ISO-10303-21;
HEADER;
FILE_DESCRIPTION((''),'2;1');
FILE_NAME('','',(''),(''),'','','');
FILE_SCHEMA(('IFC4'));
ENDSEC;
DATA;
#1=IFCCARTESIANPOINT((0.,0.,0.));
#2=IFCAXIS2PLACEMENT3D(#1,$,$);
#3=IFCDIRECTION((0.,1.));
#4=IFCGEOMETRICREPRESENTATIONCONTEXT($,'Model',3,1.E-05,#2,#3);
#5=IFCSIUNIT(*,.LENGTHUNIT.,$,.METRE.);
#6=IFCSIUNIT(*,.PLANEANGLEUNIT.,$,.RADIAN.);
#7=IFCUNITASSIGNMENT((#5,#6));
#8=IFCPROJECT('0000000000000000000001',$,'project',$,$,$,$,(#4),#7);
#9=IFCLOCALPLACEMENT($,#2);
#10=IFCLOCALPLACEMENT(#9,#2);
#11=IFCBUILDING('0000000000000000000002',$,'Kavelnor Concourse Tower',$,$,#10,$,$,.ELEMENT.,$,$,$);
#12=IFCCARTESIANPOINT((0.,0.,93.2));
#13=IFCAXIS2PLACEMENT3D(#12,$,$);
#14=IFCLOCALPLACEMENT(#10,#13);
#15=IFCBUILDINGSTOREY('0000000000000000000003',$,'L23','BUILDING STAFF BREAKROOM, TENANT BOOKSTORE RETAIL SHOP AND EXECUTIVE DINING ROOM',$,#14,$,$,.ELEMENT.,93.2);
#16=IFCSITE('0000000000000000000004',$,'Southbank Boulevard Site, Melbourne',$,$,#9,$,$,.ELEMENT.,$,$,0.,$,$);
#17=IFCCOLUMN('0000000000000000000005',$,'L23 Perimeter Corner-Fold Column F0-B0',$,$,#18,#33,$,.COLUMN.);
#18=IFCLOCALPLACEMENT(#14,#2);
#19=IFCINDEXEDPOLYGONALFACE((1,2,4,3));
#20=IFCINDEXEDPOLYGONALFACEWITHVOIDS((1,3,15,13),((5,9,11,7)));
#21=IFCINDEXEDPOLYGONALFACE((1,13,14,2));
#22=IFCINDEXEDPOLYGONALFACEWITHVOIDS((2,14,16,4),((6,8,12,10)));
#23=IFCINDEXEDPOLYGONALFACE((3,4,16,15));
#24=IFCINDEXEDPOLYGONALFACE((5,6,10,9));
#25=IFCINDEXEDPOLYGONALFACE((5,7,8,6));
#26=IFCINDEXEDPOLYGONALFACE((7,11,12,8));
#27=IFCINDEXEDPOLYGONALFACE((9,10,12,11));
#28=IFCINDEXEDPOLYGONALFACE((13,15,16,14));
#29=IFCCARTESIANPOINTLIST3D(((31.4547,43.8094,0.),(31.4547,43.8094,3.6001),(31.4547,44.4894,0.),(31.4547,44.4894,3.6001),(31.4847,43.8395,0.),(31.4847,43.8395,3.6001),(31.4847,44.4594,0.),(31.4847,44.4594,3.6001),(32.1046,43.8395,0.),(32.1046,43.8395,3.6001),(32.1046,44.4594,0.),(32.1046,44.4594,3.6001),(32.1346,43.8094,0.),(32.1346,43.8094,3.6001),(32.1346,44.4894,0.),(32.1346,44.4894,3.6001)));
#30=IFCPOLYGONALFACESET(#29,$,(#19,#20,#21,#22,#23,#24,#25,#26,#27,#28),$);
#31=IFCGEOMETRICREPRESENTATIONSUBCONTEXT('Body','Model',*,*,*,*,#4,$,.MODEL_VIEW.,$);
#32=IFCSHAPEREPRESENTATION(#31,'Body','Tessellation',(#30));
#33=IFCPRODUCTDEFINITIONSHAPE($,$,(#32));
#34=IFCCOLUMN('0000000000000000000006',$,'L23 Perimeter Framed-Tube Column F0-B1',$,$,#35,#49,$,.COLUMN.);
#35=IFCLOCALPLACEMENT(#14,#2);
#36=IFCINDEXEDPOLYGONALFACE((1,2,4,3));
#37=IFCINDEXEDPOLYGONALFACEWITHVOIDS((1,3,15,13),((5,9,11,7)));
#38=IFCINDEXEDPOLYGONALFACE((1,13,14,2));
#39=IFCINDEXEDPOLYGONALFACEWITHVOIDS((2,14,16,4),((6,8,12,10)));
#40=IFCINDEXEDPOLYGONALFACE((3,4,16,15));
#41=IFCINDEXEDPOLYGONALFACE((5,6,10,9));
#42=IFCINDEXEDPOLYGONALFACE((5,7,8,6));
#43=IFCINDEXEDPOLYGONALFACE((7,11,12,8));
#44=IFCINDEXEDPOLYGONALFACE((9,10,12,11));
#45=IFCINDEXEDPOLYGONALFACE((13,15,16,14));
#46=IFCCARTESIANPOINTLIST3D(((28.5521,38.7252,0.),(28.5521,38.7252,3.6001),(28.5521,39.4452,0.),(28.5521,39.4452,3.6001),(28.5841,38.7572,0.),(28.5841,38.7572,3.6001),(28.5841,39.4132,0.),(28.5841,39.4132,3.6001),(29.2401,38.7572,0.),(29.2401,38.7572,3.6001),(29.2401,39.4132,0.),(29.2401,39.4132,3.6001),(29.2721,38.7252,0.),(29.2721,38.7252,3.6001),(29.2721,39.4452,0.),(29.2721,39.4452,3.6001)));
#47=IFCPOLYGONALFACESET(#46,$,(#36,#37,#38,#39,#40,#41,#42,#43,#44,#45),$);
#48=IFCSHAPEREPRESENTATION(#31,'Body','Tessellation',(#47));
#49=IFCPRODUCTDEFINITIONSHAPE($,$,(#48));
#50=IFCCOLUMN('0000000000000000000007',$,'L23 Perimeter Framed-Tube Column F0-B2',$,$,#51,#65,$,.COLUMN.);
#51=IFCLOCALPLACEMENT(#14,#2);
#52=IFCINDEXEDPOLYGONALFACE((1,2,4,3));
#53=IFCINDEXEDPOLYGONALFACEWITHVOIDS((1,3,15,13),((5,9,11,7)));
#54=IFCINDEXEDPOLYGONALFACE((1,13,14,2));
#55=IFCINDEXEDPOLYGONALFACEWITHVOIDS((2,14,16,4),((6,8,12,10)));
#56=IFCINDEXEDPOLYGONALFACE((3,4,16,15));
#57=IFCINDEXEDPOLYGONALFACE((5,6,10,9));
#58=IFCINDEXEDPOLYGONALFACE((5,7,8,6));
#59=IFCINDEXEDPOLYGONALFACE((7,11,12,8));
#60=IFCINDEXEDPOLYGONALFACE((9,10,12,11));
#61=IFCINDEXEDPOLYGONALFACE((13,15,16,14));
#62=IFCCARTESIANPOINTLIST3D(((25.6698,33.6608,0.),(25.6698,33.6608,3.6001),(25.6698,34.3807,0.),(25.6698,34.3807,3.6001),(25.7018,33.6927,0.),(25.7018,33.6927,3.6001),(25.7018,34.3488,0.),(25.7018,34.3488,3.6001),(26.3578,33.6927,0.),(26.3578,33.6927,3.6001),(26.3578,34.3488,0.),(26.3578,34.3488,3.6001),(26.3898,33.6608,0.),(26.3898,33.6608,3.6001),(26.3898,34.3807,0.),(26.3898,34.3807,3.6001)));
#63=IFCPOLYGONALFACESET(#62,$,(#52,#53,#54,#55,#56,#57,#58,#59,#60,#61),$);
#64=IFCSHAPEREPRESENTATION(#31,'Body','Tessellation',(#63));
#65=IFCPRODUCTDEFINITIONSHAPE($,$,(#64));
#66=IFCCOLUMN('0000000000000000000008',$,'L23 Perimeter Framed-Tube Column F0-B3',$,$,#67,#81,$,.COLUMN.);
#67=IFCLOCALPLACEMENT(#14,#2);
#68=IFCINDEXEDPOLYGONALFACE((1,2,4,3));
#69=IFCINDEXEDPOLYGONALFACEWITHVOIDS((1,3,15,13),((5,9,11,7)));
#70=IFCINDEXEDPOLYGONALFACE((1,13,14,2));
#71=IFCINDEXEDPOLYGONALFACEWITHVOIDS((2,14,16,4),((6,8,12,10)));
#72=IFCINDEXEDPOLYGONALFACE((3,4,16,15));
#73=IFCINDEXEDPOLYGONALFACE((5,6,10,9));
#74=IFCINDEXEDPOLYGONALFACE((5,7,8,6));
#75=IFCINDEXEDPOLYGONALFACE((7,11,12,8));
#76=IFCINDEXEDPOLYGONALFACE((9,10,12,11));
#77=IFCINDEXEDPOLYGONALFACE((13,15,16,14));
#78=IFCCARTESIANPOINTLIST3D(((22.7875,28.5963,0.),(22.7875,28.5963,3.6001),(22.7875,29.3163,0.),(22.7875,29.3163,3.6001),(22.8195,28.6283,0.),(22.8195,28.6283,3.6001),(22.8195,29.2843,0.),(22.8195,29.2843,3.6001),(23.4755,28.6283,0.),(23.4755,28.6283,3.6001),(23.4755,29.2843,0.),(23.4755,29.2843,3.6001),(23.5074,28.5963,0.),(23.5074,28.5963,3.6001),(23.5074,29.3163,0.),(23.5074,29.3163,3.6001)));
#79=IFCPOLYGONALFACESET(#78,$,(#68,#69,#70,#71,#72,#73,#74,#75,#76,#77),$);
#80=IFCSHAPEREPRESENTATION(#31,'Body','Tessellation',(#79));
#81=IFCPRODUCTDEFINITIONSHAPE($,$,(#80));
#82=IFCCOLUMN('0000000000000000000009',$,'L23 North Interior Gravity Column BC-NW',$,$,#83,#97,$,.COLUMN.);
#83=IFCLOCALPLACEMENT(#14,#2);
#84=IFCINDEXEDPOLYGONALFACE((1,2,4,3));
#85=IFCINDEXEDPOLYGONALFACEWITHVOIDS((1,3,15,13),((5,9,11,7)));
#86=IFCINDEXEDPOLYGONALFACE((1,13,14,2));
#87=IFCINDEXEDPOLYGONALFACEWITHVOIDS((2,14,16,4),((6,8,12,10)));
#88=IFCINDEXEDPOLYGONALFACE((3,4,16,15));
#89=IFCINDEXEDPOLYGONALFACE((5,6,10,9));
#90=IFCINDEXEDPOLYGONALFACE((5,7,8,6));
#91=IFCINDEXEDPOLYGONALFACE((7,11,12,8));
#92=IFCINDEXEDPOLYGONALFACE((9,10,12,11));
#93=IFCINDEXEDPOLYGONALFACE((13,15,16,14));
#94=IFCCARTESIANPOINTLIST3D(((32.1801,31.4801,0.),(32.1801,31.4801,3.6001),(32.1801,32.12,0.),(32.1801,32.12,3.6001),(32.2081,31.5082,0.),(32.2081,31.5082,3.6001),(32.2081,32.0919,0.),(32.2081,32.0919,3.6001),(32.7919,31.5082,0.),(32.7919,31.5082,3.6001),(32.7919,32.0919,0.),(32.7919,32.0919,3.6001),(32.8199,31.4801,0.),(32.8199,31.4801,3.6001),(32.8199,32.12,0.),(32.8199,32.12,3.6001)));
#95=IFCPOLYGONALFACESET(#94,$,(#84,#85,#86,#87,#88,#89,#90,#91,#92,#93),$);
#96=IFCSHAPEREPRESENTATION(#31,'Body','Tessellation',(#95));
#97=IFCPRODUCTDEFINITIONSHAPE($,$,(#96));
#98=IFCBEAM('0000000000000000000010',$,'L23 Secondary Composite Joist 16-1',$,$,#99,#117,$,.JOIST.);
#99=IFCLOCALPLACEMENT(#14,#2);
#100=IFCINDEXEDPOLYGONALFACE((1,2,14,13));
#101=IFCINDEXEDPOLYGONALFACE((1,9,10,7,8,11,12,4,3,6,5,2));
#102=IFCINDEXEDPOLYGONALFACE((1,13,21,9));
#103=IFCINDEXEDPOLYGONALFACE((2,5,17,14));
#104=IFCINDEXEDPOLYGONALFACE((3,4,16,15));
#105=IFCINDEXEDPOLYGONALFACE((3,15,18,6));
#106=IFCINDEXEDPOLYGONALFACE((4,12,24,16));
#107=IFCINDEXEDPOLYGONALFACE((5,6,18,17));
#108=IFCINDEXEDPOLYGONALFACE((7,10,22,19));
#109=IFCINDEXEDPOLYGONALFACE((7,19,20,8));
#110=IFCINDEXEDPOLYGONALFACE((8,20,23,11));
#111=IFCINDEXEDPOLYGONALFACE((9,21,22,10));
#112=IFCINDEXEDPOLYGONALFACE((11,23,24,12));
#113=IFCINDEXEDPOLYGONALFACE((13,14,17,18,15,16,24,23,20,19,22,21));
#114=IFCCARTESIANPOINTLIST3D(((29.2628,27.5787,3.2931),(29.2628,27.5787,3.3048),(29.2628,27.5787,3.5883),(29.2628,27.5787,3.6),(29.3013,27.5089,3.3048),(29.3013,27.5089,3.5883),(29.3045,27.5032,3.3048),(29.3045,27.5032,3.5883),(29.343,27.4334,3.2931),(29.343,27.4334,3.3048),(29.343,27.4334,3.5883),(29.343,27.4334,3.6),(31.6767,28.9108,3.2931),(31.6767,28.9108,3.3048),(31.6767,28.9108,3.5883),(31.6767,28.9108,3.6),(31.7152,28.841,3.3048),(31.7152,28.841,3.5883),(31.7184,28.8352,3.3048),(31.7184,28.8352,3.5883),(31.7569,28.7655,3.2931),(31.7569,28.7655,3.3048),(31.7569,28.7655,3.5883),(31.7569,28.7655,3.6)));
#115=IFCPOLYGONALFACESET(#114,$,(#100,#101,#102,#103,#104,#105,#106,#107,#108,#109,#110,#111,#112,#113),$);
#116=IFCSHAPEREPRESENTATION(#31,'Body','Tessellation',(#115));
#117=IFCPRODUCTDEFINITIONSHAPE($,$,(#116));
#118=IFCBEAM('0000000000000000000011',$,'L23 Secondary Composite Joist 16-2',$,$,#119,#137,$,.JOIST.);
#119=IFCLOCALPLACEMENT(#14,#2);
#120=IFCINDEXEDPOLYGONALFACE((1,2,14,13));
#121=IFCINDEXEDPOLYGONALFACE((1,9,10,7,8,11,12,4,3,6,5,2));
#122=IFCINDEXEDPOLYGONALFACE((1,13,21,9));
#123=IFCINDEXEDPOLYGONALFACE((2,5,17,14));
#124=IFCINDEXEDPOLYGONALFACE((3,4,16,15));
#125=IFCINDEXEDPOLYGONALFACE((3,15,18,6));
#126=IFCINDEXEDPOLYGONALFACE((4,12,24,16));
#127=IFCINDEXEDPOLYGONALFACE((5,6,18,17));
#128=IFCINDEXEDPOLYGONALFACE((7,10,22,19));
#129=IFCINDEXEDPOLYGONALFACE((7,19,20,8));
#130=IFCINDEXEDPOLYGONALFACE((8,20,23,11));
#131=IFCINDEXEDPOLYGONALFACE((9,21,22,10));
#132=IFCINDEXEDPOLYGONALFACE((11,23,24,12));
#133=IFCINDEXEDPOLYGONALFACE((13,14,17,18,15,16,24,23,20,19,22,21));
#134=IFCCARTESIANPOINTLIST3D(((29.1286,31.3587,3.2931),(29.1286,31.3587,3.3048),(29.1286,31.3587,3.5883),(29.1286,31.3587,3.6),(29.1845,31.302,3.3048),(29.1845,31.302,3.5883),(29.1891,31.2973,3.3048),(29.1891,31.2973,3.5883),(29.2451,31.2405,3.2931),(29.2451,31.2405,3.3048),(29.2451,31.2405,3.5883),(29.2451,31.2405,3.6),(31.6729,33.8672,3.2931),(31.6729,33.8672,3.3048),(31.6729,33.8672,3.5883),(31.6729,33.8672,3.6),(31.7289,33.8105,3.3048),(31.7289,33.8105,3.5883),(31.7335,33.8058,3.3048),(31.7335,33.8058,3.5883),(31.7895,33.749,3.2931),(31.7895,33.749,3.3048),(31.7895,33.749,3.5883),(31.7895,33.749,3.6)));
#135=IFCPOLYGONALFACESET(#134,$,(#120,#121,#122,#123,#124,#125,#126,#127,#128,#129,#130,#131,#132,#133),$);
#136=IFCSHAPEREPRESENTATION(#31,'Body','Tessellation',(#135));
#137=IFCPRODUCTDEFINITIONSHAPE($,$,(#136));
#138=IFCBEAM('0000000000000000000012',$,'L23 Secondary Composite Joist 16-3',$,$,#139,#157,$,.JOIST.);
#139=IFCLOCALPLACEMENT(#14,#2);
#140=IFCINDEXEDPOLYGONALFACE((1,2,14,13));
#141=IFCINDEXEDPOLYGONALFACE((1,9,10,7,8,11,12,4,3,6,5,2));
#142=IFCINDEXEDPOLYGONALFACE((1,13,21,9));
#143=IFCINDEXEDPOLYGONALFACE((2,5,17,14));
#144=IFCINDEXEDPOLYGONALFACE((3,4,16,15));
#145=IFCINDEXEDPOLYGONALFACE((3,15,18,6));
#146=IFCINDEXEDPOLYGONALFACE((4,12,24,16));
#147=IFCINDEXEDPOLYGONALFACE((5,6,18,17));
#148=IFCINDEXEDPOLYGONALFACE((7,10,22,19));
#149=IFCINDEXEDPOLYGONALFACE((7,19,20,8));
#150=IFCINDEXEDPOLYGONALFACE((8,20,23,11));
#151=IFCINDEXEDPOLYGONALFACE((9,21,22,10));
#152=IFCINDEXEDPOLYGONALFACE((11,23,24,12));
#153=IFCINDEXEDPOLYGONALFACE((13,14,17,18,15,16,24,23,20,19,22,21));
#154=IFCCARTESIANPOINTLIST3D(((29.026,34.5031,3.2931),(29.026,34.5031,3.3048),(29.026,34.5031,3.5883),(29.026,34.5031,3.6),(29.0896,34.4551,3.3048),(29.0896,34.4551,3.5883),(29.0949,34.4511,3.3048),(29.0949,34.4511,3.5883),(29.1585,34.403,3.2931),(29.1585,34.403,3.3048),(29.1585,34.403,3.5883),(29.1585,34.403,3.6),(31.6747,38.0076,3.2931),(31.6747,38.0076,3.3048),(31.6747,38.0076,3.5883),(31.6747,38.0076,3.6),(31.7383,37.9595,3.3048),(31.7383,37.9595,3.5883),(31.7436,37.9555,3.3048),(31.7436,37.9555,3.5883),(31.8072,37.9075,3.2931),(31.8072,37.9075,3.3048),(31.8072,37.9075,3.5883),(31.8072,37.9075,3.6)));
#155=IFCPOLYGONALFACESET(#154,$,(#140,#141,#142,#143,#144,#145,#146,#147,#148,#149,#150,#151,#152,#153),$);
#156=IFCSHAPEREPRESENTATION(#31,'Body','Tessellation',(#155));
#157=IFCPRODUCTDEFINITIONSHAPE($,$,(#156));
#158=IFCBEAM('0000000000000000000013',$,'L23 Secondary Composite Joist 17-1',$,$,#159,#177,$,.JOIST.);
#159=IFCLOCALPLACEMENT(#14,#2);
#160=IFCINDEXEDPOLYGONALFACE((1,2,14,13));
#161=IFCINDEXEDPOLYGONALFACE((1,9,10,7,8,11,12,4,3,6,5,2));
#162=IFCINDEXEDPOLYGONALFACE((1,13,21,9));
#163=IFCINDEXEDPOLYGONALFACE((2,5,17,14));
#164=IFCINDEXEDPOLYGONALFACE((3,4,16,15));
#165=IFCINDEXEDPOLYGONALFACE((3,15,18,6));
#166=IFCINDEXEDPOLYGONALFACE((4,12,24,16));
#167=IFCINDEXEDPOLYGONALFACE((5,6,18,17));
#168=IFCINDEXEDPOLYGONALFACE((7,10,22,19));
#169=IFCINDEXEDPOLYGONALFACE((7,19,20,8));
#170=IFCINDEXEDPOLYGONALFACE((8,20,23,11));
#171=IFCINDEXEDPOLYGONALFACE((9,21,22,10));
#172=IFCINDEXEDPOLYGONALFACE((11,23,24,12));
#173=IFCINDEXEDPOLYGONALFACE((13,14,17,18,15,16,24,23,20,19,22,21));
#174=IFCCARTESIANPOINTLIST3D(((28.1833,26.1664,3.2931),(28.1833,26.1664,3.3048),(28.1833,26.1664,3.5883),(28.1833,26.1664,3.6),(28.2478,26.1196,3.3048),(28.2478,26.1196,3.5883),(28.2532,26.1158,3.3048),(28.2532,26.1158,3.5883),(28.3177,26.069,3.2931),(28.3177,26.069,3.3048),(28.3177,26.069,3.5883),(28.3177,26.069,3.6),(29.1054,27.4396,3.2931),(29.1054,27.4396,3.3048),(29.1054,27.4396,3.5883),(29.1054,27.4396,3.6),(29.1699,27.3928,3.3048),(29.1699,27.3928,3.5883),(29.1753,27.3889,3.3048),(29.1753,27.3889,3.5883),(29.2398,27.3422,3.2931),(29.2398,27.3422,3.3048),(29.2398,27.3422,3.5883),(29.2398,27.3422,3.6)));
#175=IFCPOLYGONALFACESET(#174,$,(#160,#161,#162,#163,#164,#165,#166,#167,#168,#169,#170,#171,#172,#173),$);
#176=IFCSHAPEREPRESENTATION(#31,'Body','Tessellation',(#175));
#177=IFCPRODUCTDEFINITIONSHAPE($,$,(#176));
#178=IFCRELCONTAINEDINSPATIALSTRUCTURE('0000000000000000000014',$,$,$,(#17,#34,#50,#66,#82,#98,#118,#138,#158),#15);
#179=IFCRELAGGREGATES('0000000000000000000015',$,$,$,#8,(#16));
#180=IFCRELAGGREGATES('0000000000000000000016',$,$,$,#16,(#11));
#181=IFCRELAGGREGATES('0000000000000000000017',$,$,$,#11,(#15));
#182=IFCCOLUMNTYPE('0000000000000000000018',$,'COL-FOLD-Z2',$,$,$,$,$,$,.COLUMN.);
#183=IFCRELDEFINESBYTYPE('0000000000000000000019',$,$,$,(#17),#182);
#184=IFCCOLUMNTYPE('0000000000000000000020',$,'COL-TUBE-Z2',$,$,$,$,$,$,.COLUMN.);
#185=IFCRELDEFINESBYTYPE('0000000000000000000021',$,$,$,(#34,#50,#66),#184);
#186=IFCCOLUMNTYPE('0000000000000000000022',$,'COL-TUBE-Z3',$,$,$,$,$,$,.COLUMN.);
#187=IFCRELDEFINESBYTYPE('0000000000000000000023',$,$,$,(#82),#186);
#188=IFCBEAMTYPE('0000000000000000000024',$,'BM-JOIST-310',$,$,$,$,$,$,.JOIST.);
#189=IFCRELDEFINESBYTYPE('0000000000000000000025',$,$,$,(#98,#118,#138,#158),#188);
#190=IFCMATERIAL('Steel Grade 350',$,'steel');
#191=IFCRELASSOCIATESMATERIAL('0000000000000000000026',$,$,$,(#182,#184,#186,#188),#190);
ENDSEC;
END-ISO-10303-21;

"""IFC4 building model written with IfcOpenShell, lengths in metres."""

from ifc_helpers import new_model, si_unit, direction, frame, origin, origin_2d, place, context, subcontext, project, spatial, hollow_rectangle, i_section, extrude, material, material_profile, profile_set, type_object, element, save


model = new_model("IFC4")

# Units and contexts
model_context = context("Model", 3, precision=1e-05, world=origin(), true_north=direction((0.0, 1.0)))
body_context = subcontext(model_context, "Body", "Model", "MODEL_VIEW")
ifc_project = project(units=[si_unit("LENGTHUNIT", "METRE"), si_unit("PLANEANGLEUNIT", "RADIAN")], contexts=[model_context])

# Site, building, storey
site_placement = place(None, origin())
site = spatial("IfcSite", under=ifc_project, at=site_placement, Name="Southbank Boulevard Site, Melbourne", CompositionType="ELEMENT", RefElevation=0.0)
building_placement = place(site_placement, origin())
building = spatial("IfcBuilding", under=site, at=building_placement, Name="Kavelnor Concourse Tower", CompositionType="ELEMENT")
storey_placement = place(building_placement, frame((0.0, 0.0, 93.2)))
storey = spatial("IfcBuildingStorey", under=building, at=storey_placement, Name="L23", Description="BUILDING STAFF BREAKROOM, TENANT BOOKSTORE RETAIL SHOP AND EXECUTIVE DINING ROOM", CompositionType="ELEMENT", Elevation=93.2)

# Columns
ifc_material_1 = material(Name="Steel Grade 350", Category="steel")
ifc_material_profile_1 = material_profile(ifc_material_1, hollow_rectangle(XDim=0.6799, YDim=0.6799, WallThickness=0.03, at=origin_2d()), Name="SHS 680x680x30")
ifc_profile_set_1 = profile_set([ifc_material_profile_1], Name="Steel Grade 350")
column_type_1 = type_object("IfcColumnType", Name="COL-FOLD-Z2", PredefinedType="COLUMN", material=ifc_profile_set_1)
column_1_placement = place(storey_placement, frame((31.7947, 44.1494, 0.0), z_axis=(0.0, 0.0, 1.0), x_axis=(1.0, 0.0, 0.0)))
element("IfcColumn", 1, at=column_1_placement, inside=storey, type_object=column_type_1, Name="L23 Perimeter Corner-Fold Column F0-B0", PredefinedType="COLUMN", context=body_context, shape_type="SweptSolid", body=[
    extrude(hollow_rectangle(XDim=0.6799, YDim=0.6799, WallThickness=0.03, at=origin_2d()), origin(), (0.0, 0.0, 1.0), 3.6001),
])
ifc_material_profile_2 = material_profile(ifc_material_1, hollow_rectangle(XDim=0.72, YDim=0.72, WallThickness=0.032, at=origin_2d()), Name="SHS 720x720x32")
ifc_profile_set_2 = profile_set([ifc_material_profile_2], Name="Steel Grade 350")
column_type_2 = type_object("IfcColumnType", Name="COL-TUBE-Z2", PredefinedType="COLUMN", material=ifc_profile_set_2)
for number, where, z_axis, x_axis, name in (
    (2, (28.9121, 39.0852, 0.0), (0.0, 0.0, 1.0), (1.0, 0.0, 0.0), "L23 Perimeter Framed-Tube Column F0-B1"),
    (3, (26.0298, 34.0208, 0.0), (0.0, 0.0, 1.0), (1.0, 0.0, 0.0), "L23 Perimeter Framed-Tube Column F0-B2"),
    (4, (23.1475, 28.9563, 0.0), (0.0, 0.0, 1.0), (1.0, 0.0, 0.0), "L23 Perimeter Framed-Tube Column F0-B3"),
):
    element("IfcColumn", number, at=place(storey_placement, frame(where, z_axis=z_axis, x_axis=x_axis)), inside=storey, type_object=column_type_2, Name=name, PredefinedType="COLUMN", context=body_context, shape_type="SweptSolid", body=[
        extrude(hollow_rectangle(XDim=0.72, YDim=0.72, WallThickness=0.032, at=origin_2d()), origin(), (0.0, 0.0, 1.0), 3.6001),
    ])
ifc_material_profile_3 = material_profile(ifc_material_1, hollow_rectangle(XDim=0.6399, YDim=0.6399, WallThickness=0.0281, at=origin_2d()), Name="SHS 640x640x28")
ifc_profile_set_3 = profile_set([ifc_material_profile_3], Name="Steel Grade 350")
column_type_3 = type_object("IfcColumnType", Name="COL-TUBE-Z3", PredefinedType="COLUMN", material=ifc_profile_set_3)
column_2_placement = place(storey_placement, frame((32.5, 31.8, 0.0), z_axis=(0.0, 0.0, 1.0), x_axis=(1.0, 0.0, 0.0)))
element("IfcColumn", 5, at=column_2_placement, inside=storey, type_object=column_type_3, Name="L23 North Interior Gravity Column BC-NW", PredefinedType="COLUMN", context=body_context, shape_type="SweptSolid", body=[
    extrude(hollow_rectangle(XDim=0.6399, YDim=0.6399, WallThickness=0.0281, at=origin_2d()), origin(), (0.0, 0.0, 1.0), 3.6001),
])

# Beams
ifc_material_profile_4 = material_profile(ifc_material_1, i_section(OverallWidth=0.166, OverallDepth=0.3069, WebThickness=0.0066, FlangeThickness=0.0117, at=origin_2d()), Name="310UB46")
ifc_profile_set_4 = profile_set([ifc_material_profile_4], Name="Steel Grade 350")
beam_type_1 = type_object("IfcBeamType", Name="BM-JOIST-310", PredefinedType="JOIST", material=ifc_profile_set_4)
beam_1_placement = place(storey_placement, frame((31.7168, 28.8381, 3.4465), z_axis=(-0.875536, -0.483152, 0.0), x_axis=(0.483152, -0.875536, 0.0)))
element("IfcBeam", 6, at=beam_1_placement, inside=storey, type_object=beam_type_1, Name="L23 Secondary Composite Joist 16-1", PredefinedType="JOIST", context=body_context, shape_type="SweptSolid", body=[
    extrude(i_section(OverallWidth=0.166, OverallDepth=0.3069, WebThickness=0.0066, FlangeThickness=0.0117, at=origin_2d()), origin(), (0.0, 0.0, 1.0), 2.7571),
])
beam_2_placement = place(storey_placement, frame((31.7312, 33.8081, 3.4465), z_axis=(-0.712111, -0.702067, 0.0), x_axis=(0.702067, -0.712111, 0.0)))
element("IfcBeam", 7, at=beam_2_placement, inside=storey, type_object=beam_type_1, Name="L23 Secondary Composite Joist 16-2", PredefinedType="JOIST", context=body_context, shape_type="SweptSolid", body=[
    extrude(i_section(OverallWidth=0.166, OverallDepth=0.3069, WebThickness=0.0066, FlangeThickness=0.0117, at=origin_2d()), origin(), (0.0, 0.0, 1.0), 3.573),
])
beam_3_placement = place(storey_placement, frame((31.741, 37.9575, 3.4465), z_axis=(-0.602966, -0.797767, 0.0), x_axis=(0.797767, -0.602966, 0.0)))
element("IfcBeam", 8, at=beam_3_placement, inside=storey, type_object=beam_type_1, Name="L23 Secondary Composite Joist 16-3", PredefinedType="JOIST", context=body_context, shape_type="SweptSolid", body=[
    extrude(i_section(OverallWidth=0.166, OverallDepth=0.3069, WebThickness=0.0066, FlangeThickness=0.0117, at=origin_2d()), origin(), (0.0, 0.0, 1.0), 4.3928),
])
beam_4_placement = place(storey_placement, frame((29.1726, 27.3909, 3.4465), z_axis=(-0.586573, -0.809896, 0.0), x_axis=(0.809896, -0.586573, 0.0)))
element("IfcBeam", 9, at=beam_4_placement, inside=storey, type_object=beam_type_1, Name="L23 Secondary Composite Joist 17-1", PredefinedType="JOIST", context=body_context, shape_type="SweptSolid", body=[
    extrude(i_section(OverallWidth=0.166, OverallDepth=0.3069, WebThickness=0.0066, FlangeThickness=0.0117, at=origin_2d()), origin(), (0.0, 0.0, 1.0), 1.572),
])

save(model, "model.ifc")
